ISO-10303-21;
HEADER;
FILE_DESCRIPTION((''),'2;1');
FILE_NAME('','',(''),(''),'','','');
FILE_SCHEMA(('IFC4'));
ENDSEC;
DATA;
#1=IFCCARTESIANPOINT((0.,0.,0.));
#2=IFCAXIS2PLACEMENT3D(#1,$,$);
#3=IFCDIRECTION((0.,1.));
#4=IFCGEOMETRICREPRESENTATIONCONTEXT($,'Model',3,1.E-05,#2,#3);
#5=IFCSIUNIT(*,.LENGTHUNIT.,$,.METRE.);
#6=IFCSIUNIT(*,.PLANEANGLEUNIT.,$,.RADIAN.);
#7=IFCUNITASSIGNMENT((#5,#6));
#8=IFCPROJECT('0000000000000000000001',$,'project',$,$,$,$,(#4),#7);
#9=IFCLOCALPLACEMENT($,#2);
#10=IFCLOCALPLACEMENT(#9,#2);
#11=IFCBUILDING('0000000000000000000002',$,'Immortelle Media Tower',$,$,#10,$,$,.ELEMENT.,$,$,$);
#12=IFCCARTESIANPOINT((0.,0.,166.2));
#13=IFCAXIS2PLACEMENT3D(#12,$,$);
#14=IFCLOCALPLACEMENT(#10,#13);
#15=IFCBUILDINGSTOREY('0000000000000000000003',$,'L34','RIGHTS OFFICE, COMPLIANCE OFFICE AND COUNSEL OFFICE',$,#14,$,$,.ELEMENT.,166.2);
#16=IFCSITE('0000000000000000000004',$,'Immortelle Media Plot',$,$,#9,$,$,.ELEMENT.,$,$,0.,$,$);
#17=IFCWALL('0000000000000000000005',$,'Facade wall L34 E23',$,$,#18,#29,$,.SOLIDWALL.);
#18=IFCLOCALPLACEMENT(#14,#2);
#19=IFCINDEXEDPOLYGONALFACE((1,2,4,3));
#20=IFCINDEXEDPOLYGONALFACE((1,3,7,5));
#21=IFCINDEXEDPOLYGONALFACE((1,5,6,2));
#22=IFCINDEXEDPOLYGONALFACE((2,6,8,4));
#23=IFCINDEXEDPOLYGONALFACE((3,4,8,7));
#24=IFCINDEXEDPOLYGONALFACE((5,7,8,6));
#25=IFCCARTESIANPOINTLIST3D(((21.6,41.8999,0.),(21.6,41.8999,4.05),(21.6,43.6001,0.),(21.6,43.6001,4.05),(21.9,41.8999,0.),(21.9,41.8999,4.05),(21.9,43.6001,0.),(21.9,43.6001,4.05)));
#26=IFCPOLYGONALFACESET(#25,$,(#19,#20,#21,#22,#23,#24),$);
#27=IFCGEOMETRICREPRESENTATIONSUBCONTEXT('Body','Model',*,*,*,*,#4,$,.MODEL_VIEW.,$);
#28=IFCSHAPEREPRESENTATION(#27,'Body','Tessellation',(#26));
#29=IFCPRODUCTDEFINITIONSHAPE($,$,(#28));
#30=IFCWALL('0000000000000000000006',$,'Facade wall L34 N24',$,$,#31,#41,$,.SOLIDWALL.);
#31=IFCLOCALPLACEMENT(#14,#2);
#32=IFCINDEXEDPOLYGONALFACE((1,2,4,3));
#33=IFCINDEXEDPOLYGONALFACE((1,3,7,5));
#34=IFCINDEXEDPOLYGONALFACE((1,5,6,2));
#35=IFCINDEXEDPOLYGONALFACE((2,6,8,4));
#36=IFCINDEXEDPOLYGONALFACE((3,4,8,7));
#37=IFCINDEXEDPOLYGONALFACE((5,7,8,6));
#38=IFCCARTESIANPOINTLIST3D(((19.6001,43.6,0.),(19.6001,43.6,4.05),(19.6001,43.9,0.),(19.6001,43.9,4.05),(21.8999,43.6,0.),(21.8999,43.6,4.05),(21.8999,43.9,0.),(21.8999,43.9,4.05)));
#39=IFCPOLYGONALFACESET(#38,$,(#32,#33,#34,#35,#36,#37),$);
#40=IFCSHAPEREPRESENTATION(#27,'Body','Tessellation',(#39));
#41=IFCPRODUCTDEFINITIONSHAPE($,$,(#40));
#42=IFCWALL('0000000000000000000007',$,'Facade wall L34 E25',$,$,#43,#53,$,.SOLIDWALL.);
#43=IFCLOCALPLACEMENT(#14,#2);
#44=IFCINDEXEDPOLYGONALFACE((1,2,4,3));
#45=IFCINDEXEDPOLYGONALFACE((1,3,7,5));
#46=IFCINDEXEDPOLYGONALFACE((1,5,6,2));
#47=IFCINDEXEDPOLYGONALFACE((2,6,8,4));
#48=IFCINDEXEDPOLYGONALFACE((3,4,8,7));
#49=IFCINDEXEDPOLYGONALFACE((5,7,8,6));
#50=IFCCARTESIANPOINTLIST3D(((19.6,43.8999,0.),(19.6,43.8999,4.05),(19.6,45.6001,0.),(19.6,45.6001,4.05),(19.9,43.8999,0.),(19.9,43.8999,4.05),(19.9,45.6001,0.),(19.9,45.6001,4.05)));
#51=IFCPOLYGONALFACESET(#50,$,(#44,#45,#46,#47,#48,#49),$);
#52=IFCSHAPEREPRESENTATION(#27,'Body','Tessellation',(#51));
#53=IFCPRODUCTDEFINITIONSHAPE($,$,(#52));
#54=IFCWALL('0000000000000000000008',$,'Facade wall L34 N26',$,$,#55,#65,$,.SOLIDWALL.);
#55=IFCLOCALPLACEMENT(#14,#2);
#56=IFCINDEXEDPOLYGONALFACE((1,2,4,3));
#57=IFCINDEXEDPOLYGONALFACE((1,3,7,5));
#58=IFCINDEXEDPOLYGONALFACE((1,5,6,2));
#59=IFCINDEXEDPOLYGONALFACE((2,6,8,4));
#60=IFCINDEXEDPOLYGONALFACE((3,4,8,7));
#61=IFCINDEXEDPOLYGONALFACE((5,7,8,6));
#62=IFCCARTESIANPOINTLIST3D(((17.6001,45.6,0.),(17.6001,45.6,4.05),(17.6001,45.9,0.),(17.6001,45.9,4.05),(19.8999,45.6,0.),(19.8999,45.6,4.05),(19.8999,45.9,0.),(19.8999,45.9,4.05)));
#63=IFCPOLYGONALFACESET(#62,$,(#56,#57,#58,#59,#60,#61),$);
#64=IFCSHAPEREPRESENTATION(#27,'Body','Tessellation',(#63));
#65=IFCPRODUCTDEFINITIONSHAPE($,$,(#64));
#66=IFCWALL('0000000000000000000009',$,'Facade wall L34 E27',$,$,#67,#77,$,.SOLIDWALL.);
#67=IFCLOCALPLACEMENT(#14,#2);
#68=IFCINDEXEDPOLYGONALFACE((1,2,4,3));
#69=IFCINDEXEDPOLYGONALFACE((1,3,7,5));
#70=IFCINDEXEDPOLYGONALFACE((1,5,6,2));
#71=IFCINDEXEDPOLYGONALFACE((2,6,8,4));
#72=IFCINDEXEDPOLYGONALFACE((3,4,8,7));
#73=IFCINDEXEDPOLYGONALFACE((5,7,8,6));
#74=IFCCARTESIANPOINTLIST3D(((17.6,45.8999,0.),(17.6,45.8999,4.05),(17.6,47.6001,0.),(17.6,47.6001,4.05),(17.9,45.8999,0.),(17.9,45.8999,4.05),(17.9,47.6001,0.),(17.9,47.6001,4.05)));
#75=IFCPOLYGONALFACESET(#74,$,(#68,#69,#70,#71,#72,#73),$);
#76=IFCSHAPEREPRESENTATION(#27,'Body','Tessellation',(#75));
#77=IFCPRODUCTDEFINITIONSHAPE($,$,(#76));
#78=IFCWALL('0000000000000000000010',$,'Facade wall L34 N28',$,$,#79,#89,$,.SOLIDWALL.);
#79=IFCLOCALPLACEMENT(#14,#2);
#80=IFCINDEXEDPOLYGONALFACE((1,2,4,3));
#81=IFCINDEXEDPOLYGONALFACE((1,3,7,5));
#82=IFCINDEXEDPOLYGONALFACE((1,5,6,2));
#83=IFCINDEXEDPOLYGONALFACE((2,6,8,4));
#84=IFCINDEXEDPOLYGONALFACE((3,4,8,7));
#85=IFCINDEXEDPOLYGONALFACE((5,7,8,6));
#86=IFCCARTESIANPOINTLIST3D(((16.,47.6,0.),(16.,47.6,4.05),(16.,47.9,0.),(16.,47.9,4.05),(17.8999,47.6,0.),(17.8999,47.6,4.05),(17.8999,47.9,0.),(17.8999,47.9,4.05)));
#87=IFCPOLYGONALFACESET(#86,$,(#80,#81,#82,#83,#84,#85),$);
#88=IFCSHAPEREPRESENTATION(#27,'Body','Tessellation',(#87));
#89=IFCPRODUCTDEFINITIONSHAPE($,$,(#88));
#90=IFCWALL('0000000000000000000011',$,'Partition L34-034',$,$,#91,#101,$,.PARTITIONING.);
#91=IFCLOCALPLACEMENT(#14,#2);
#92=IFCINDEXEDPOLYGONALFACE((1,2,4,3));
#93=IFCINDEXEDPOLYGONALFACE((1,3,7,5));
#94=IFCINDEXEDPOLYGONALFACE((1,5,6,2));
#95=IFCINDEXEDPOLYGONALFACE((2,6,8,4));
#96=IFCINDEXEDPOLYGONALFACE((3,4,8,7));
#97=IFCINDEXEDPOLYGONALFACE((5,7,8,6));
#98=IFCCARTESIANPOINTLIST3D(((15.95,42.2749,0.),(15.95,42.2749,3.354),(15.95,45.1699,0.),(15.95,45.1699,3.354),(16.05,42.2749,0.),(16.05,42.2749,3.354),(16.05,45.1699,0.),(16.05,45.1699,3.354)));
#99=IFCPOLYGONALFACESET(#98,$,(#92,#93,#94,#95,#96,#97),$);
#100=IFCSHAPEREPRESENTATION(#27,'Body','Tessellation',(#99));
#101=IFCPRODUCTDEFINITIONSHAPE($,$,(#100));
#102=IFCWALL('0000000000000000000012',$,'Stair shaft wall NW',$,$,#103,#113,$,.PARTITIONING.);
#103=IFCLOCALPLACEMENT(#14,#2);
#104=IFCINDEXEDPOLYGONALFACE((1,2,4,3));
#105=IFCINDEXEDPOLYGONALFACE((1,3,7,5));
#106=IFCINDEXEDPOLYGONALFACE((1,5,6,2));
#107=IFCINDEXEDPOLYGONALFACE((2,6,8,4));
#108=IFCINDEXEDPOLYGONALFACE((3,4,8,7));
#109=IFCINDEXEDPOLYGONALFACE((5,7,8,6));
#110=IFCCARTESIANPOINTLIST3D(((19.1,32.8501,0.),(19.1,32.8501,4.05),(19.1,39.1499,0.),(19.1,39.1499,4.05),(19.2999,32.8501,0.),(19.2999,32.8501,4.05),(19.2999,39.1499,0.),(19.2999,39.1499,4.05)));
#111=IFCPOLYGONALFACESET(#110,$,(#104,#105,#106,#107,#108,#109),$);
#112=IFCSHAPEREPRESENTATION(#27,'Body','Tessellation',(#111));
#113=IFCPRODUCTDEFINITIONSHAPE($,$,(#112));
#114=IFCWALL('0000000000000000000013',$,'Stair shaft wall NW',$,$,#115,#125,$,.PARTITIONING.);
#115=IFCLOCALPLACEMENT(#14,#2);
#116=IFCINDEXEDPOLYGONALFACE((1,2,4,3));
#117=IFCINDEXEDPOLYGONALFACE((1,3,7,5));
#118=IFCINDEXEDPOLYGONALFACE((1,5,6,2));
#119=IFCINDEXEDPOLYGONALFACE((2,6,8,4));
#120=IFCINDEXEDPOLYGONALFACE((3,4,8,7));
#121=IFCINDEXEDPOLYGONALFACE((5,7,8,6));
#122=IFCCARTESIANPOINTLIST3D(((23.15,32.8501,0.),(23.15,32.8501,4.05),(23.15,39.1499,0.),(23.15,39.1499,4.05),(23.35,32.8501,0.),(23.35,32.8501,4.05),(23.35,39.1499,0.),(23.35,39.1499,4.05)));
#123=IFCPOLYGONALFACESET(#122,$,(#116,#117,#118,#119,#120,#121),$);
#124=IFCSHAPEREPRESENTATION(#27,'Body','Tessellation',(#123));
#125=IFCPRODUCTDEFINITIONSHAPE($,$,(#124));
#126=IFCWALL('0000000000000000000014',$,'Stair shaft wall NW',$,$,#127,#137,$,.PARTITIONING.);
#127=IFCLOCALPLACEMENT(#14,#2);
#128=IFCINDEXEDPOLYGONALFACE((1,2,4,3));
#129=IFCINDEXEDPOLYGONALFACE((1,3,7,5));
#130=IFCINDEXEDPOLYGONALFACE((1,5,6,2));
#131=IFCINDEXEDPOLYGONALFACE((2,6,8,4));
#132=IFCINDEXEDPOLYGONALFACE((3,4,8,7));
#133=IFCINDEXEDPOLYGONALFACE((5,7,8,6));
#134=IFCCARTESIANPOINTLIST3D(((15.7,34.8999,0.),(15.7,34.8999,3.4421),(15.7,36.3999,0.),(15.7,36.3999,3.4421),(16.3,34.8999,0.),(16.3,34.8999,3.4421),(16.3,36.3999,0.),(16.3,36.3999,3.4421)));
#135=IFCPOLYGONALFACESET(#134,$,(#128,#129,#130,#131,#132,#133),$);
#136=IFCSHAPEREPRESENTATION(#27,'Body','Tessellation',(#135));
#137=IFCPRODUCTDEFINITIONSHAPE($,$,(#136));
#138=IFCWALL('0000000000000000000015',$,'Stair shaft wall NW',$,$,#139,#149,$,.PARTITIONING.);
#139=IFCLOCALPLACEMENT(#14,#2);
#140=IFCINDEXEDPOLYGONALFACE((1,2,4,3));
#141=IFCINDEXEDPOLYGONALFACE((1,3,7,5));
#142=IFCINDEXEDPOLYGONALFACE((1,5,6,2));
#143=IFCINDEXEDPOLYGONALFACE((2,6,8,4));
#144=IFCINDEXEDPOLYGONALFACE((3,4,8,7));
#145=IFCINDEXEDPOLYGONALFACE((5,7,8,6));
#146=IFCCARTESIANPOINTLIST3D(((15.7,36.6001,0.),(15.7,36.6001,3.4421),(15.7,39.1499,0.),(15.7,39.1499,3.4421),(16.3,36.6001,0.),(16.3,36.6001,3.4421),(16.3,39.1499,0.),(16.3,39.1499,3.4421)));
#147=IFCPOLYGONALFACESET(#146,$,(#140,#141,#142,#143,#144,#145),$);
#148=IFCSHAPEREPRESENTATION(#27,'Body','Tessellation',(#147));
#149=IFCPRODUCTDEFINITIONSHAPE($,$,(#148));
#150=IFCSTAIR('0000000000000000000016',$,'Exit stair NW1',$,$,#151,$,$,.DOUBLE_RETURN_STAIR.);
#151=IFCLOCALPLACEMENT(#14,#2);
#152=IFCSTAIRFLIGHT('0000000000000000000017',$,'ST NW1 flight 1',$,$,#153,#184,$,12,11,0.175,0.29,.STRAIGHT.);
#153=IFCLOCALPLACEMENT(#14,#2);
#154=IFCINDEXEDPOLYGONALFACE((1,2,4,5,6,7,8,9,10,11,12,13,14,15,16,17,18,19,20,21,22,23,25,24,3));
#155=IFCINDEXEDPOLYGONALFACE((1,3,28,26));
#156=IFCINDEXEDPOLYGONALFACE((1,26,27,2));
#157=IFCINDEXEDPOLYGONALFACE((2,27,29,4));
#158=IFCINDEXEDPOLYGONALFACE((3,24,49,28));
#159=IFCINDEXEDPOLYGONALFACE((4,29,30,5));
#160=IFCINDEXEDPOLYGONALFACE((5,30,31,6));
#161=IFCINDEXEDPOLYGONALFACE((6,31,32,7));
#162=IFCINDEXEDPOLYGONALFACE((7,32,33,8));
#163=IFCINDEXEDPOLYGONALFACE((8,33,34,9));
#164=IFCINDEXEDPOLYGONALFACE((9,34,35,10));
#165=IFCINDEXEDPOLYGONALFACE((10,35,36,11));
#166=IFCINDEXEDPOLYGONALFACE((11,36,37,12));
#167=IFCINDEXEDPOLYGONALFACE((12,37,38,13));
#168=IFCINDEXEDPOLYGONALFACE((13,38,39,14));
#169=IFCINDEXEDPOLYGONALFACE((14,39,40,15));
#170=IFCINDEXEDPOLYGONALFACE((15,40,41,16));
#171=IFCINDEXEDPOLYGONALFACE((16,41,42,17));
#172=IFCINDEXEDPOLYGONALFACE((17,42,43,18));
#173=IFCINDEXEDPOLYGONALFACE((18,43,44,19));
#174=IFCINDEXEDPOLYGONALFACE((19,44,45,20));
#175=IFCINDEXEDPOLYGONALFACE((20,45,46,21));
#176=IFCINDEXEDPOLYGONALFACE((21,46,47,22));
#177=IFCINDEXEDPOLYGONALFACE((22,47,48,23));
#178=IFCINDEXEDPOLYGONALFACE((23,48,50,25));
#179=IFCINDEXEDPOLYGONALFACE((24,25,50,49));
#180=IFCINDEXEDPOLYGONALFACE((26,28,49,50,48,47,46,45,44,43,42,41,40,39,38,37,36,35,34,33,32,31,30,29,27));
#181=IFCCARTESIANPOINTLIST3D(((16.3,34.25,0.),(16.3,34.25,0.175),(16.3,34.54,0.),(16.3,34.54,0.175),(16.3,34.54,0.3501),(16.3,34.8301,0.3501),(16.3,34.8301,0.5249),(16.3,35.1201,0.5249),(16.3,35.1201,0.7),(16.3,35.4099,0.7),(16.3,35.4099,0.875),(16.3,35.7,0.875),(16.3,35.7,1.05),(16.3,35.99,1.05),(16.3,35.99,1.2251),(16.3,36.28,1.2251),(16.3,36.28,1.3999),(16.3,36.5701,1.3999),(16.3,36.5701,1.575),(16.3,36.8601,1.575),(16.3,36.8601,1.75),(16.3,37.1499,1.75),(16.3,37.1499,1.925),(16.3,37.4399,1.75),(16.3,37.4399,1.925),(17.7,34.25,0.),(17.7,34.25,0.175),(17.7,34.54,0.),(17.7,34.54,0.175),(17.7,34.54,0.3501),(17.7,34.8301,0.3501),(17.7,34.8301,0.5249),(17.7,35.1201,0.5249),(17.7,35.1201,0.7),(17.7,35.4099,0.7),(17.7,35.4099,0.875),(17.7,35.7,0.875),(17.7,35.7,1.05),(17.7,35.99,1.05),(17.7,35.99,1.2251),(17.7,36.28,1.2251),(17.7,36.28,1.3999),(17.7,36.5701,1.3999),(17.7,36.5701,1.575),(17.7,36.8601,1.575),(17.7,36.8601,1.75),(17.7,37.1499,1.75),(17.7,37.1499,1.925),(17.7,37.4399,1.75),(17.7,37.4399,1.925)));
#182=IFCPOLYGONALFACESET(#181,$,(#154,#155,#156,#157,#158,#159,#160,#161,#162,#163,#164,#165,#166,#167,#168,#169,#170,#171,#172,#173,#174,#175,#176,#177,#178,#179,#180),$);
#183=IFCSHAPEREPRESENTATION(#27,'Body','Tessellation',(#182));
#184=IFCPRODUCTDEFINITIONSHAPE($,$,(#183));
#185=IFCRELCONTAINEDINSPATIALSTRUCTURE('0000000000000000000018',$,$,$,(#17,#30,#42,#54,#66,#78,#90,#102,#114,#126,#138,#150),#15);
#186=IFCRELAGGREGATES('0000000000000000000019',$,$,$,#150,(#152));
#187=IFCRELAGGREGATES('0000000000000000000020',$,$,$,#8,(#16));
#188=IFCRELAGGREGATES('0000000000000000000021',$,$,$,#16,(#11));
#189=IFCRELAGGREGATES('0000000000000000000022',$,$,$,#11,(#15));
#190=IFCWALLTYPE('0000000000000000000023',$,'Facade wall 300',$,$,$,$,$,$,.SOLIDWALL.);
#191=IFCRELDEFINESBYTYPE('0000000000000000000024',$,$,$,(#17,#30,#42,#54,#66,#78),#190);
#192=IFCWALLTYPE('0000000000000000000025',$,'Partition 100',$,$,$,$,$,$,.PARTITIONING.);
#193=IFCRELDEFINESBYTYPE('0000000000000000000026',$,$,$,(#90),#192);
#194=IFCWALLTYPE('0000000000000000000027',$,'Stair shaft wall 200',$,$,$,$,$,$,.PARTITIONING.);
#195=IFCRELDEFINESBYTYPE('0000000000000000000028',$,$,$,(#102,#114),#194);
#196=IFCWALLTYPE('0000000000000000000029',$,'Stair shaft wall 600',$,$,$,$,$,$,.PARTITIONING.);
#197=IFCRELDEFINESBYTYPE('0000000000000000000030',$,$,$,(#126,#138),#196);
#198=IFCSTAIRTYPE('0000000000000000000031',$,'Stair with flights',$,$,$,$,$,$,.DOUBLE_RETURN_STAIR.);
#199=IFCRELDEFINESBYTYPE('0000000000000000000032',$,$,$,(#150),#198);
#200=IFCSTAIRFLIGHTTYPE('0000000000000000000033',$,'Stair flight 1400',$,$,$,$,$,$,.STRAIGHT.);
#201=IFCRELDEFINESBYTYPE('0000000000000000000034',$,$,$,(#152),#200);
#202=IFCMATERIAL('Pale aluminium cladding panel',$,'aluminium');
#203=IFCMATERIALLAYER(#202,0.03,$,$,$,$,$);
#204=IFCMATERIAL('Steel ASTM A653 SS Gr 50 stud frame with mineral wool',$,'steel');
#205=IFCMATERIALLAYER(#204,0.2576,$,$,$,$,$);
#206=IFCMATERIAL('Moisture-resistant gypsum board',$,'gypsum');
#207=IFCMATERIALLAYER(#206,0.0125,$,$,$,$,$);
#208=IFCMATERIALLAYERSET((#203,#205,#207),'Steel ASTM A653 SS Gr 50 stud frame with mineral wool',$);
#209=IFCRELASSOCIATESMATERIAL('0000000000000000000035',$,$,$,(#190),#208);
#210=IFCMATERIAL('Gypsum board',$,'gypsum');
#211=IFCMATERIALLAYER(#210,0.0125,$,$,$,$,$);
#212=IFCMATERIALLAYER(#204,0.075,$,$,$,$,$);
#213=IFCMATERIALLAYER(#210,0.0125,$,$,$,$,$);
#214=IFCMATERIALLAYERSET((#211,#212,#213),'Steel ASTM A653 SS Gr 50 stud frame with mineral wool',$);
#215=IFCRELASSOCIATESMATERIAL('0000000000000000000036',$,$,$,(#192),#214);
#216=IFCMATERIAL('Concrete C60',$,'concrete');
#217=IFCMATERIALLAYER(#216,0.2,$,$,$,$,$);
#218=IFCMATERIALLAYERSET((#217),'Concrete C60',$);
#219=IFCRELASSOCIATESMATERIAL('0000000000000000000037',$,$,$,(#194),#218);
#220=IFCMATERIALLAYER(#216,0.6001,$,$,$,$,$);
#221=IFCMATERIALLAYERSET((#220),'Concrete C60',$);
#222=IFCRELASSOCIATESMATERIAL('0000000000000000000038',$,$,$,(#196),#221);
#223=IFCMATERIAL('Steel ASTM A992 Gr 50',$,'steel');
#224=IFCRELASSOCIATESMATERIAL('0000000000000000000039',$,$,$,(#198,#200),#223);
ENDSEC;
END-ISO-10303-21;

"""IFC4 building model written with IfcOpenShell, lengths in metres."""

from ifc_helpers import new_model, si_unit, direction, frame, frame_2d, origin, place, context, subcontext, project, spatial, polyline, rectangle, outline, extrude, material, layer, layer_set, type_object, element, aggregate, save


model = new_model("IFC4")

# Units and contexts
model_context = context("Model", 3, precision=1e-05, world=origin(), true_north=direction((0.0, 1.0)))
body_context = subcontext(model_context, "Body", "Model", "MODEL_VIEW")
ifc_project = project(units=[si_unit("LENGTHUNIT", "METRE"), si_unit("PLANEANGLEUNIT", "RADIAN")], contexts=[model_context])

# Site, building, storey
site_placement = place(None, origin())
site = spatial("IfcSite", under=ifc_project, at=site_placement, Name="Immortelle Media Plot", CompositionType="ELEMENT", RefElevation=0.0)
building_placement = place(site_placement, origin())
building = spatial("IfcBuilding", under=site, at=building_placement, Name="Immortelle Media Tower", CompositionType="ELEMENT")
storey_placement = place(building_placement, frame((0.0, 0.0, 166.2)))
storey = spatial("IfcBuildingStorey", under=building, at=storey_placement, Name="L34", Description="RIGHTS OFFICE, COMPLIANCE OFFICE AND COUNSEL OFFICE", CompositionType="ELEMENT", Elevation=166.2)

# Shared definitions
ifc_material_1 = material(Name="Steel ASTM A992 Gr 50", Category="steel")

# Walls
ifc_material_2 = material(Name="Pale aluminium cladding panel", Category="aluminium")
ifc_layer_1 = layer(ifc_material_2, 0.03)
ifc_material_3 = material(Name="Steel ASTM A653 SS Gr 50 stud frame with mineral wool", Category="steel")
ifc_layer_2 = layer(ifc_material_3, 0.2576)
ifc_material_4 = material(Name="Moisture-resistant gypsum board", Category="gypsum")
ifc_layer_3 = layer(ifc_material_4, 0.0125)
ifc_layer_set_1 = layer_set([ifc_layer_1, ifc_layer_2, ifc_layer_3], Name="Steel ASTM A653 SS Gr 50 stud frame with mineral wool")
wall_type_1 = type_object("IfcWallType", Name="Facade wall 300", PredefinedType="SOLIDWALL", material=ifc_layer_set_1)
wall_1_placement = place(storey_placement, frame((21.75, 41.8999, 0.0), z_axis=(0.0, 0.0, 1.0), x_axis=(0.0, 1.0, 0.0)))
element("IfcWall", 1, at=wall_1_placement, inside=storey, type_object=wall_type_1, Name="Facade wall L34 E23", PredefinedType="SOLIDWALL", context=body_context, shape_type="SweptSolid", body=[
    extrude(rectangle(XDim=1.7002, YDim=0.3, at=frame_2d((0.8501, 0.0))), origin(), (0.0, 0.0, 1.0), 4.05),
])
wall_2_placement = place(storey_placement, frame((21.8999, 43.75, 0.0), z_axis=(0.0, 0.0, 1.0), x_axis=(-1.0, 0.0, 0.0)))
element("IfcWall", 2, at=wall_2_placement, inside=storey, type_object=wall_type_1, Name="Facade wall L34 N24", PredefinedType="SOLIDWALL", context=body_context, shape_type="SweptSolid", body=[
    extrude(rectangle(XDim=2.2998, YDim=0.3, at=frame_2d((1.1499, 0.0))), origin(), (0.0, 0.0, 1.0), 4.05),
])
wall_3_placement = place(storey_placement, frame((19.75, 43.8999, 0.0), z_axis=(0.0, 0.0, 1.0), x_axis=(0.0, 1.0, 0.0)))
element("IfcWall", 3, at=wall_3_placement, inside=storey, type_object=wall_type_1, Name="Facade wall L34 E25", PredefinedType="SOLIDWALL", context=body_context, shape_type="SweptSolid", body=[
    extrude(rectangle(XDim=1.7002, YDim=0.3, at=frame_2d((0.8501, 0.0))), origin(), (0.0, 0.0, 1.0), 4.05),
])
wall_4_placement = place(storey_placement, frame((19.8999, 45.75, 0.0), z_axis=(0.0, 0.0, 1.0), x_axis=(-1.0, 0.0, 0.0)))
element("IfcWall", 4, at=wall_4_placement, inside=storey, type_object=wall_type_1, Name="Facade wall L34 N26", PredefinedType="SOLIDWALL", context=body_context, shape_type="SweptSolid", body=[
    extrude(rectangle(XDim=2.2998, YDim=0.3, at=frame_2d((1.1499, 0.0))), origin(), (0.0, 0.0, 1.0), 4.05),
])
wall_5_placement = place(storey_placement, frame((17.75, 45.8999, 0.0), z_axis=(0.0, 0.0, 1.0), x_axis=(0.0, 1.0, 0.0)))
element("IfcWall", 5, at=wall_5_placement, inside=storey, type_object=wall_type_1, Name="Facade wall L34 E27", PredefinedType="SOLIDWALL", context=body_context, shape_type="SweptSolid", body=[
    extrude(rectangle(XDim=1.7002, YDim=0.3, at=frame_2d((0.8501, 0.0))), origin(), (0.0, 0.0, 1.0), 4.05),
])
wall_6_placement = place(storey_placement, frame((17.8999, 47.75, 0.0), z_axis=(0.0, 0.0, 1.0), x_axis=(-1.0, 0.0, 0.0)))
element("IfcWall", 6, at=wall_6_placement, inside=storey, type_object=wall_type_1, Name="Facade wall L34 N28", PredefinedType="SOLIDWALL", context=body_context, shape_type="SweptSolid", body=[
    extrude(rectangle(XDim=1.8999, YDim=0.3, at=frame_2d((0.95, 0.0))), origin(), (0.0, 0.0, 1.0), 4.05),
])
ifc_material_5 = material(Name="Gypsum board", Category="gypsum")
ifc_layer_4 = layer(ifc_material_5, 0.0125)
ifc_layer_5 = layer(ifc_material_3, 0.075)
ifc_layer_6 = layer(ifc_material_5, 0.0125)
ifc_layer_set_2 = layer_set([ifc_layer_4, ifc_layer_5, ifc_layer_6], Name="Steel ASTM A653 SS Gr 50 stud frame with mineral wool")
wall_type_2 = type_object("IfcWallType", Name="Partition 100", PredefinedType="PARTITIONING", material=ifc_layer_set_2)
wall_7_placement = place(storey_placement, frame((16.0, 42.2749, 0.0), z_axis=(0.0, 0.0, 1.0), x_axis=(0.0, 1.0, 0.0)))
element("IfcWall", 7, at=wall_7_placement, inside=storey, type_object=wall_type_2, Name="Partition L34-034", PredefinedType="PARTITIONING", context=body_context, shape_type="SweptSolid", body=[
    extrude(rectangle(XDim=2.895, YDim=0.1001, at=frame_2d((1.4475, 0.0))), origin(), (0.0, 0.0, 1.0), 3.354),
])
ifc_material_6 = material(Name="Concrete C60", Category="concrete")
ifc_layer_7 = layer(ifc_material_6, 0.2)
ifc_layer_set_3 = layer_set([ifc_layer_7], Name="Concrete C60")
wall_type_3 = type_object("IfcWallType", Name="Stair shaft wall 200", PredefinedType="PARTITIONING", material=ifc_layer_set_3)
for number, where, z_axis, x_axis, name in (
    (8, (19.2, 32.8501, 0.0), (0.0, 0.0, 1.0), (0.0, 1.0, 0.0), "Stair shaft wall NW"),
    (9, (23.25, 32.8501, 0.0), (0.0, 0.0, 1.0), (0.0, 1.0, 0.0), "Stair shaft wall NW"),
):
    element("IfcWall", number, at=place(storey_placement, frame(where, z_axis=z_axis, x_axis=x_axis)), inside=storey, type_object=wall_type_3, Name=name, PredefinedType="PARTITIONING", context=body_context, shape_type="SweptSolid", body=[
        extrude(rectangle(XDim=6.2998, YDim=0.2, at=frame_2d((3.1499, 0.0))), origin(), (0.0, 0.0, 1.0), 4.05),
    ])
ifc_layer_8 = layer(ifc_material_6, 0.6001)
ifc_layer_set_4 = layer_set([ifc_layer_8], Name="Concrete C60")
wall_type_4 = type_object("IfcWallType", Name="Stair shaft wall 600", PredefinedType="PARTITIONING", material=ifc_layer_set_4)
wall_8_placement = place(storey_placement, frame((16.0, 34.8999, 0.0), z_axis=(0.0, 0.0, 1.0), x_axis=(0.0, 1.0, 0.0)))
element("IfcWall", 10, at=wall_8_placement, inside=storey, type_object=wall_type_4, Name="Stair shaft wall NW", PredefinedType="PARTITIONING", context=body_context, shape_type="SweptSolid", body=[
    extrude(rectangle(XDim=1.5, YDim=0.6001, at=frame_2d((0.75, 0.0))), origin(), (0.0, 0.0, 1.0), 3.4421),
])
wall_9_placement = place(storey_placement, frame((16.0, 36.6001, 0.0), z_axis=(0.0, 0.0, 1.0), x_axis=(0.0, 1.0, 0.0)))
element("IfcWall", 11, at=wall_9_placement, inside=storey, type_object=wall_type_4, Name="Stair shaft wall NW", PredefinedType="PARTITIONING", context=body_context, shape_type="SweptSolid", body=[
    extrude(rectangle(XDim=2.5498, YDim=0.6001, at=frame_2d((1.2749, 0.0))), origin(), (0.0, 0.0, 1.0), 3.4421),
])

# Stair, stair flight
stair_type = type_object("IfcStairType", Name="Stair with flights", PredefinedType="DOUBLE_RETURN_STAIR", material=ifc_material_1)
stair_1_placement = place(storey_placement, origin())
stair_1 = element("IfcStair", 12, at=stair_1_placement, inside=storey, type_object=stair_type, Name="Exit stair NW1", PredefinedType="DOUBLE_RETURN_STAIR")
stair_flight_type = type_object("IfcStairFlightType", Name="Stair flight 1400", PredefinedType="STRAIGHT", material=ifc_material_1)
stair_flight_1_placement = place(storey_placement, frame((17.0, 34.25, 0.0), z_axis=(0.0, 0.0, 1.0), x_axis=(0.0, 1.0, 0.0)))
stair_flight_1 = element("IfcStairFlight", 13, at=stair_flight_1_placement, type_object=stair_flight_type, Name="ST NW1 flight 1", NumberOfRisers=12, NumberOfTreads=11, PredefinedType="STRAIGHT", RiserHeight=0.175, TreadLength=0.29, context=body_context, shape_type="SweptSolid", body=[
    extrude(outline(polyline([(0.0, 0.0), (0.0, 0.175), (0.29, 0.175), (0.29, 0.3501), (0.5801, 0.3501), (0.5801, 0.5249), (0.8701, 0.5249), (0.8701, 0.7), (1.1599, 0.7), (1.1599, 0.875), (1.45, 0.875), (1.45, 1.05), (1.74, 1.05), (1.74, 1.2251), (2.03, 1.2251), (2.03, 1.3999), (2.3201, 1.3999), (2.3201, 1.575), (2.6101, 1.575), (2.6101, 1.75), (2.8999, 1.75), (2.8999, 1.925), (3.1899, 1.925), (3.1899, 2.1001), (3.1899, 1.75), (0.29, 0.0), (0.0, 0.0)])), frame((0.0, 0.7, 0.0), z_axis=(0.0, -1.0, 0.0), x_axis=(1.0, 0.0, 0.0)), (0.0, 0.0, 1.0), 1.3999),
])
aggregate(stair_1, [stair_flight_1])

save(model, "model.ifc")
